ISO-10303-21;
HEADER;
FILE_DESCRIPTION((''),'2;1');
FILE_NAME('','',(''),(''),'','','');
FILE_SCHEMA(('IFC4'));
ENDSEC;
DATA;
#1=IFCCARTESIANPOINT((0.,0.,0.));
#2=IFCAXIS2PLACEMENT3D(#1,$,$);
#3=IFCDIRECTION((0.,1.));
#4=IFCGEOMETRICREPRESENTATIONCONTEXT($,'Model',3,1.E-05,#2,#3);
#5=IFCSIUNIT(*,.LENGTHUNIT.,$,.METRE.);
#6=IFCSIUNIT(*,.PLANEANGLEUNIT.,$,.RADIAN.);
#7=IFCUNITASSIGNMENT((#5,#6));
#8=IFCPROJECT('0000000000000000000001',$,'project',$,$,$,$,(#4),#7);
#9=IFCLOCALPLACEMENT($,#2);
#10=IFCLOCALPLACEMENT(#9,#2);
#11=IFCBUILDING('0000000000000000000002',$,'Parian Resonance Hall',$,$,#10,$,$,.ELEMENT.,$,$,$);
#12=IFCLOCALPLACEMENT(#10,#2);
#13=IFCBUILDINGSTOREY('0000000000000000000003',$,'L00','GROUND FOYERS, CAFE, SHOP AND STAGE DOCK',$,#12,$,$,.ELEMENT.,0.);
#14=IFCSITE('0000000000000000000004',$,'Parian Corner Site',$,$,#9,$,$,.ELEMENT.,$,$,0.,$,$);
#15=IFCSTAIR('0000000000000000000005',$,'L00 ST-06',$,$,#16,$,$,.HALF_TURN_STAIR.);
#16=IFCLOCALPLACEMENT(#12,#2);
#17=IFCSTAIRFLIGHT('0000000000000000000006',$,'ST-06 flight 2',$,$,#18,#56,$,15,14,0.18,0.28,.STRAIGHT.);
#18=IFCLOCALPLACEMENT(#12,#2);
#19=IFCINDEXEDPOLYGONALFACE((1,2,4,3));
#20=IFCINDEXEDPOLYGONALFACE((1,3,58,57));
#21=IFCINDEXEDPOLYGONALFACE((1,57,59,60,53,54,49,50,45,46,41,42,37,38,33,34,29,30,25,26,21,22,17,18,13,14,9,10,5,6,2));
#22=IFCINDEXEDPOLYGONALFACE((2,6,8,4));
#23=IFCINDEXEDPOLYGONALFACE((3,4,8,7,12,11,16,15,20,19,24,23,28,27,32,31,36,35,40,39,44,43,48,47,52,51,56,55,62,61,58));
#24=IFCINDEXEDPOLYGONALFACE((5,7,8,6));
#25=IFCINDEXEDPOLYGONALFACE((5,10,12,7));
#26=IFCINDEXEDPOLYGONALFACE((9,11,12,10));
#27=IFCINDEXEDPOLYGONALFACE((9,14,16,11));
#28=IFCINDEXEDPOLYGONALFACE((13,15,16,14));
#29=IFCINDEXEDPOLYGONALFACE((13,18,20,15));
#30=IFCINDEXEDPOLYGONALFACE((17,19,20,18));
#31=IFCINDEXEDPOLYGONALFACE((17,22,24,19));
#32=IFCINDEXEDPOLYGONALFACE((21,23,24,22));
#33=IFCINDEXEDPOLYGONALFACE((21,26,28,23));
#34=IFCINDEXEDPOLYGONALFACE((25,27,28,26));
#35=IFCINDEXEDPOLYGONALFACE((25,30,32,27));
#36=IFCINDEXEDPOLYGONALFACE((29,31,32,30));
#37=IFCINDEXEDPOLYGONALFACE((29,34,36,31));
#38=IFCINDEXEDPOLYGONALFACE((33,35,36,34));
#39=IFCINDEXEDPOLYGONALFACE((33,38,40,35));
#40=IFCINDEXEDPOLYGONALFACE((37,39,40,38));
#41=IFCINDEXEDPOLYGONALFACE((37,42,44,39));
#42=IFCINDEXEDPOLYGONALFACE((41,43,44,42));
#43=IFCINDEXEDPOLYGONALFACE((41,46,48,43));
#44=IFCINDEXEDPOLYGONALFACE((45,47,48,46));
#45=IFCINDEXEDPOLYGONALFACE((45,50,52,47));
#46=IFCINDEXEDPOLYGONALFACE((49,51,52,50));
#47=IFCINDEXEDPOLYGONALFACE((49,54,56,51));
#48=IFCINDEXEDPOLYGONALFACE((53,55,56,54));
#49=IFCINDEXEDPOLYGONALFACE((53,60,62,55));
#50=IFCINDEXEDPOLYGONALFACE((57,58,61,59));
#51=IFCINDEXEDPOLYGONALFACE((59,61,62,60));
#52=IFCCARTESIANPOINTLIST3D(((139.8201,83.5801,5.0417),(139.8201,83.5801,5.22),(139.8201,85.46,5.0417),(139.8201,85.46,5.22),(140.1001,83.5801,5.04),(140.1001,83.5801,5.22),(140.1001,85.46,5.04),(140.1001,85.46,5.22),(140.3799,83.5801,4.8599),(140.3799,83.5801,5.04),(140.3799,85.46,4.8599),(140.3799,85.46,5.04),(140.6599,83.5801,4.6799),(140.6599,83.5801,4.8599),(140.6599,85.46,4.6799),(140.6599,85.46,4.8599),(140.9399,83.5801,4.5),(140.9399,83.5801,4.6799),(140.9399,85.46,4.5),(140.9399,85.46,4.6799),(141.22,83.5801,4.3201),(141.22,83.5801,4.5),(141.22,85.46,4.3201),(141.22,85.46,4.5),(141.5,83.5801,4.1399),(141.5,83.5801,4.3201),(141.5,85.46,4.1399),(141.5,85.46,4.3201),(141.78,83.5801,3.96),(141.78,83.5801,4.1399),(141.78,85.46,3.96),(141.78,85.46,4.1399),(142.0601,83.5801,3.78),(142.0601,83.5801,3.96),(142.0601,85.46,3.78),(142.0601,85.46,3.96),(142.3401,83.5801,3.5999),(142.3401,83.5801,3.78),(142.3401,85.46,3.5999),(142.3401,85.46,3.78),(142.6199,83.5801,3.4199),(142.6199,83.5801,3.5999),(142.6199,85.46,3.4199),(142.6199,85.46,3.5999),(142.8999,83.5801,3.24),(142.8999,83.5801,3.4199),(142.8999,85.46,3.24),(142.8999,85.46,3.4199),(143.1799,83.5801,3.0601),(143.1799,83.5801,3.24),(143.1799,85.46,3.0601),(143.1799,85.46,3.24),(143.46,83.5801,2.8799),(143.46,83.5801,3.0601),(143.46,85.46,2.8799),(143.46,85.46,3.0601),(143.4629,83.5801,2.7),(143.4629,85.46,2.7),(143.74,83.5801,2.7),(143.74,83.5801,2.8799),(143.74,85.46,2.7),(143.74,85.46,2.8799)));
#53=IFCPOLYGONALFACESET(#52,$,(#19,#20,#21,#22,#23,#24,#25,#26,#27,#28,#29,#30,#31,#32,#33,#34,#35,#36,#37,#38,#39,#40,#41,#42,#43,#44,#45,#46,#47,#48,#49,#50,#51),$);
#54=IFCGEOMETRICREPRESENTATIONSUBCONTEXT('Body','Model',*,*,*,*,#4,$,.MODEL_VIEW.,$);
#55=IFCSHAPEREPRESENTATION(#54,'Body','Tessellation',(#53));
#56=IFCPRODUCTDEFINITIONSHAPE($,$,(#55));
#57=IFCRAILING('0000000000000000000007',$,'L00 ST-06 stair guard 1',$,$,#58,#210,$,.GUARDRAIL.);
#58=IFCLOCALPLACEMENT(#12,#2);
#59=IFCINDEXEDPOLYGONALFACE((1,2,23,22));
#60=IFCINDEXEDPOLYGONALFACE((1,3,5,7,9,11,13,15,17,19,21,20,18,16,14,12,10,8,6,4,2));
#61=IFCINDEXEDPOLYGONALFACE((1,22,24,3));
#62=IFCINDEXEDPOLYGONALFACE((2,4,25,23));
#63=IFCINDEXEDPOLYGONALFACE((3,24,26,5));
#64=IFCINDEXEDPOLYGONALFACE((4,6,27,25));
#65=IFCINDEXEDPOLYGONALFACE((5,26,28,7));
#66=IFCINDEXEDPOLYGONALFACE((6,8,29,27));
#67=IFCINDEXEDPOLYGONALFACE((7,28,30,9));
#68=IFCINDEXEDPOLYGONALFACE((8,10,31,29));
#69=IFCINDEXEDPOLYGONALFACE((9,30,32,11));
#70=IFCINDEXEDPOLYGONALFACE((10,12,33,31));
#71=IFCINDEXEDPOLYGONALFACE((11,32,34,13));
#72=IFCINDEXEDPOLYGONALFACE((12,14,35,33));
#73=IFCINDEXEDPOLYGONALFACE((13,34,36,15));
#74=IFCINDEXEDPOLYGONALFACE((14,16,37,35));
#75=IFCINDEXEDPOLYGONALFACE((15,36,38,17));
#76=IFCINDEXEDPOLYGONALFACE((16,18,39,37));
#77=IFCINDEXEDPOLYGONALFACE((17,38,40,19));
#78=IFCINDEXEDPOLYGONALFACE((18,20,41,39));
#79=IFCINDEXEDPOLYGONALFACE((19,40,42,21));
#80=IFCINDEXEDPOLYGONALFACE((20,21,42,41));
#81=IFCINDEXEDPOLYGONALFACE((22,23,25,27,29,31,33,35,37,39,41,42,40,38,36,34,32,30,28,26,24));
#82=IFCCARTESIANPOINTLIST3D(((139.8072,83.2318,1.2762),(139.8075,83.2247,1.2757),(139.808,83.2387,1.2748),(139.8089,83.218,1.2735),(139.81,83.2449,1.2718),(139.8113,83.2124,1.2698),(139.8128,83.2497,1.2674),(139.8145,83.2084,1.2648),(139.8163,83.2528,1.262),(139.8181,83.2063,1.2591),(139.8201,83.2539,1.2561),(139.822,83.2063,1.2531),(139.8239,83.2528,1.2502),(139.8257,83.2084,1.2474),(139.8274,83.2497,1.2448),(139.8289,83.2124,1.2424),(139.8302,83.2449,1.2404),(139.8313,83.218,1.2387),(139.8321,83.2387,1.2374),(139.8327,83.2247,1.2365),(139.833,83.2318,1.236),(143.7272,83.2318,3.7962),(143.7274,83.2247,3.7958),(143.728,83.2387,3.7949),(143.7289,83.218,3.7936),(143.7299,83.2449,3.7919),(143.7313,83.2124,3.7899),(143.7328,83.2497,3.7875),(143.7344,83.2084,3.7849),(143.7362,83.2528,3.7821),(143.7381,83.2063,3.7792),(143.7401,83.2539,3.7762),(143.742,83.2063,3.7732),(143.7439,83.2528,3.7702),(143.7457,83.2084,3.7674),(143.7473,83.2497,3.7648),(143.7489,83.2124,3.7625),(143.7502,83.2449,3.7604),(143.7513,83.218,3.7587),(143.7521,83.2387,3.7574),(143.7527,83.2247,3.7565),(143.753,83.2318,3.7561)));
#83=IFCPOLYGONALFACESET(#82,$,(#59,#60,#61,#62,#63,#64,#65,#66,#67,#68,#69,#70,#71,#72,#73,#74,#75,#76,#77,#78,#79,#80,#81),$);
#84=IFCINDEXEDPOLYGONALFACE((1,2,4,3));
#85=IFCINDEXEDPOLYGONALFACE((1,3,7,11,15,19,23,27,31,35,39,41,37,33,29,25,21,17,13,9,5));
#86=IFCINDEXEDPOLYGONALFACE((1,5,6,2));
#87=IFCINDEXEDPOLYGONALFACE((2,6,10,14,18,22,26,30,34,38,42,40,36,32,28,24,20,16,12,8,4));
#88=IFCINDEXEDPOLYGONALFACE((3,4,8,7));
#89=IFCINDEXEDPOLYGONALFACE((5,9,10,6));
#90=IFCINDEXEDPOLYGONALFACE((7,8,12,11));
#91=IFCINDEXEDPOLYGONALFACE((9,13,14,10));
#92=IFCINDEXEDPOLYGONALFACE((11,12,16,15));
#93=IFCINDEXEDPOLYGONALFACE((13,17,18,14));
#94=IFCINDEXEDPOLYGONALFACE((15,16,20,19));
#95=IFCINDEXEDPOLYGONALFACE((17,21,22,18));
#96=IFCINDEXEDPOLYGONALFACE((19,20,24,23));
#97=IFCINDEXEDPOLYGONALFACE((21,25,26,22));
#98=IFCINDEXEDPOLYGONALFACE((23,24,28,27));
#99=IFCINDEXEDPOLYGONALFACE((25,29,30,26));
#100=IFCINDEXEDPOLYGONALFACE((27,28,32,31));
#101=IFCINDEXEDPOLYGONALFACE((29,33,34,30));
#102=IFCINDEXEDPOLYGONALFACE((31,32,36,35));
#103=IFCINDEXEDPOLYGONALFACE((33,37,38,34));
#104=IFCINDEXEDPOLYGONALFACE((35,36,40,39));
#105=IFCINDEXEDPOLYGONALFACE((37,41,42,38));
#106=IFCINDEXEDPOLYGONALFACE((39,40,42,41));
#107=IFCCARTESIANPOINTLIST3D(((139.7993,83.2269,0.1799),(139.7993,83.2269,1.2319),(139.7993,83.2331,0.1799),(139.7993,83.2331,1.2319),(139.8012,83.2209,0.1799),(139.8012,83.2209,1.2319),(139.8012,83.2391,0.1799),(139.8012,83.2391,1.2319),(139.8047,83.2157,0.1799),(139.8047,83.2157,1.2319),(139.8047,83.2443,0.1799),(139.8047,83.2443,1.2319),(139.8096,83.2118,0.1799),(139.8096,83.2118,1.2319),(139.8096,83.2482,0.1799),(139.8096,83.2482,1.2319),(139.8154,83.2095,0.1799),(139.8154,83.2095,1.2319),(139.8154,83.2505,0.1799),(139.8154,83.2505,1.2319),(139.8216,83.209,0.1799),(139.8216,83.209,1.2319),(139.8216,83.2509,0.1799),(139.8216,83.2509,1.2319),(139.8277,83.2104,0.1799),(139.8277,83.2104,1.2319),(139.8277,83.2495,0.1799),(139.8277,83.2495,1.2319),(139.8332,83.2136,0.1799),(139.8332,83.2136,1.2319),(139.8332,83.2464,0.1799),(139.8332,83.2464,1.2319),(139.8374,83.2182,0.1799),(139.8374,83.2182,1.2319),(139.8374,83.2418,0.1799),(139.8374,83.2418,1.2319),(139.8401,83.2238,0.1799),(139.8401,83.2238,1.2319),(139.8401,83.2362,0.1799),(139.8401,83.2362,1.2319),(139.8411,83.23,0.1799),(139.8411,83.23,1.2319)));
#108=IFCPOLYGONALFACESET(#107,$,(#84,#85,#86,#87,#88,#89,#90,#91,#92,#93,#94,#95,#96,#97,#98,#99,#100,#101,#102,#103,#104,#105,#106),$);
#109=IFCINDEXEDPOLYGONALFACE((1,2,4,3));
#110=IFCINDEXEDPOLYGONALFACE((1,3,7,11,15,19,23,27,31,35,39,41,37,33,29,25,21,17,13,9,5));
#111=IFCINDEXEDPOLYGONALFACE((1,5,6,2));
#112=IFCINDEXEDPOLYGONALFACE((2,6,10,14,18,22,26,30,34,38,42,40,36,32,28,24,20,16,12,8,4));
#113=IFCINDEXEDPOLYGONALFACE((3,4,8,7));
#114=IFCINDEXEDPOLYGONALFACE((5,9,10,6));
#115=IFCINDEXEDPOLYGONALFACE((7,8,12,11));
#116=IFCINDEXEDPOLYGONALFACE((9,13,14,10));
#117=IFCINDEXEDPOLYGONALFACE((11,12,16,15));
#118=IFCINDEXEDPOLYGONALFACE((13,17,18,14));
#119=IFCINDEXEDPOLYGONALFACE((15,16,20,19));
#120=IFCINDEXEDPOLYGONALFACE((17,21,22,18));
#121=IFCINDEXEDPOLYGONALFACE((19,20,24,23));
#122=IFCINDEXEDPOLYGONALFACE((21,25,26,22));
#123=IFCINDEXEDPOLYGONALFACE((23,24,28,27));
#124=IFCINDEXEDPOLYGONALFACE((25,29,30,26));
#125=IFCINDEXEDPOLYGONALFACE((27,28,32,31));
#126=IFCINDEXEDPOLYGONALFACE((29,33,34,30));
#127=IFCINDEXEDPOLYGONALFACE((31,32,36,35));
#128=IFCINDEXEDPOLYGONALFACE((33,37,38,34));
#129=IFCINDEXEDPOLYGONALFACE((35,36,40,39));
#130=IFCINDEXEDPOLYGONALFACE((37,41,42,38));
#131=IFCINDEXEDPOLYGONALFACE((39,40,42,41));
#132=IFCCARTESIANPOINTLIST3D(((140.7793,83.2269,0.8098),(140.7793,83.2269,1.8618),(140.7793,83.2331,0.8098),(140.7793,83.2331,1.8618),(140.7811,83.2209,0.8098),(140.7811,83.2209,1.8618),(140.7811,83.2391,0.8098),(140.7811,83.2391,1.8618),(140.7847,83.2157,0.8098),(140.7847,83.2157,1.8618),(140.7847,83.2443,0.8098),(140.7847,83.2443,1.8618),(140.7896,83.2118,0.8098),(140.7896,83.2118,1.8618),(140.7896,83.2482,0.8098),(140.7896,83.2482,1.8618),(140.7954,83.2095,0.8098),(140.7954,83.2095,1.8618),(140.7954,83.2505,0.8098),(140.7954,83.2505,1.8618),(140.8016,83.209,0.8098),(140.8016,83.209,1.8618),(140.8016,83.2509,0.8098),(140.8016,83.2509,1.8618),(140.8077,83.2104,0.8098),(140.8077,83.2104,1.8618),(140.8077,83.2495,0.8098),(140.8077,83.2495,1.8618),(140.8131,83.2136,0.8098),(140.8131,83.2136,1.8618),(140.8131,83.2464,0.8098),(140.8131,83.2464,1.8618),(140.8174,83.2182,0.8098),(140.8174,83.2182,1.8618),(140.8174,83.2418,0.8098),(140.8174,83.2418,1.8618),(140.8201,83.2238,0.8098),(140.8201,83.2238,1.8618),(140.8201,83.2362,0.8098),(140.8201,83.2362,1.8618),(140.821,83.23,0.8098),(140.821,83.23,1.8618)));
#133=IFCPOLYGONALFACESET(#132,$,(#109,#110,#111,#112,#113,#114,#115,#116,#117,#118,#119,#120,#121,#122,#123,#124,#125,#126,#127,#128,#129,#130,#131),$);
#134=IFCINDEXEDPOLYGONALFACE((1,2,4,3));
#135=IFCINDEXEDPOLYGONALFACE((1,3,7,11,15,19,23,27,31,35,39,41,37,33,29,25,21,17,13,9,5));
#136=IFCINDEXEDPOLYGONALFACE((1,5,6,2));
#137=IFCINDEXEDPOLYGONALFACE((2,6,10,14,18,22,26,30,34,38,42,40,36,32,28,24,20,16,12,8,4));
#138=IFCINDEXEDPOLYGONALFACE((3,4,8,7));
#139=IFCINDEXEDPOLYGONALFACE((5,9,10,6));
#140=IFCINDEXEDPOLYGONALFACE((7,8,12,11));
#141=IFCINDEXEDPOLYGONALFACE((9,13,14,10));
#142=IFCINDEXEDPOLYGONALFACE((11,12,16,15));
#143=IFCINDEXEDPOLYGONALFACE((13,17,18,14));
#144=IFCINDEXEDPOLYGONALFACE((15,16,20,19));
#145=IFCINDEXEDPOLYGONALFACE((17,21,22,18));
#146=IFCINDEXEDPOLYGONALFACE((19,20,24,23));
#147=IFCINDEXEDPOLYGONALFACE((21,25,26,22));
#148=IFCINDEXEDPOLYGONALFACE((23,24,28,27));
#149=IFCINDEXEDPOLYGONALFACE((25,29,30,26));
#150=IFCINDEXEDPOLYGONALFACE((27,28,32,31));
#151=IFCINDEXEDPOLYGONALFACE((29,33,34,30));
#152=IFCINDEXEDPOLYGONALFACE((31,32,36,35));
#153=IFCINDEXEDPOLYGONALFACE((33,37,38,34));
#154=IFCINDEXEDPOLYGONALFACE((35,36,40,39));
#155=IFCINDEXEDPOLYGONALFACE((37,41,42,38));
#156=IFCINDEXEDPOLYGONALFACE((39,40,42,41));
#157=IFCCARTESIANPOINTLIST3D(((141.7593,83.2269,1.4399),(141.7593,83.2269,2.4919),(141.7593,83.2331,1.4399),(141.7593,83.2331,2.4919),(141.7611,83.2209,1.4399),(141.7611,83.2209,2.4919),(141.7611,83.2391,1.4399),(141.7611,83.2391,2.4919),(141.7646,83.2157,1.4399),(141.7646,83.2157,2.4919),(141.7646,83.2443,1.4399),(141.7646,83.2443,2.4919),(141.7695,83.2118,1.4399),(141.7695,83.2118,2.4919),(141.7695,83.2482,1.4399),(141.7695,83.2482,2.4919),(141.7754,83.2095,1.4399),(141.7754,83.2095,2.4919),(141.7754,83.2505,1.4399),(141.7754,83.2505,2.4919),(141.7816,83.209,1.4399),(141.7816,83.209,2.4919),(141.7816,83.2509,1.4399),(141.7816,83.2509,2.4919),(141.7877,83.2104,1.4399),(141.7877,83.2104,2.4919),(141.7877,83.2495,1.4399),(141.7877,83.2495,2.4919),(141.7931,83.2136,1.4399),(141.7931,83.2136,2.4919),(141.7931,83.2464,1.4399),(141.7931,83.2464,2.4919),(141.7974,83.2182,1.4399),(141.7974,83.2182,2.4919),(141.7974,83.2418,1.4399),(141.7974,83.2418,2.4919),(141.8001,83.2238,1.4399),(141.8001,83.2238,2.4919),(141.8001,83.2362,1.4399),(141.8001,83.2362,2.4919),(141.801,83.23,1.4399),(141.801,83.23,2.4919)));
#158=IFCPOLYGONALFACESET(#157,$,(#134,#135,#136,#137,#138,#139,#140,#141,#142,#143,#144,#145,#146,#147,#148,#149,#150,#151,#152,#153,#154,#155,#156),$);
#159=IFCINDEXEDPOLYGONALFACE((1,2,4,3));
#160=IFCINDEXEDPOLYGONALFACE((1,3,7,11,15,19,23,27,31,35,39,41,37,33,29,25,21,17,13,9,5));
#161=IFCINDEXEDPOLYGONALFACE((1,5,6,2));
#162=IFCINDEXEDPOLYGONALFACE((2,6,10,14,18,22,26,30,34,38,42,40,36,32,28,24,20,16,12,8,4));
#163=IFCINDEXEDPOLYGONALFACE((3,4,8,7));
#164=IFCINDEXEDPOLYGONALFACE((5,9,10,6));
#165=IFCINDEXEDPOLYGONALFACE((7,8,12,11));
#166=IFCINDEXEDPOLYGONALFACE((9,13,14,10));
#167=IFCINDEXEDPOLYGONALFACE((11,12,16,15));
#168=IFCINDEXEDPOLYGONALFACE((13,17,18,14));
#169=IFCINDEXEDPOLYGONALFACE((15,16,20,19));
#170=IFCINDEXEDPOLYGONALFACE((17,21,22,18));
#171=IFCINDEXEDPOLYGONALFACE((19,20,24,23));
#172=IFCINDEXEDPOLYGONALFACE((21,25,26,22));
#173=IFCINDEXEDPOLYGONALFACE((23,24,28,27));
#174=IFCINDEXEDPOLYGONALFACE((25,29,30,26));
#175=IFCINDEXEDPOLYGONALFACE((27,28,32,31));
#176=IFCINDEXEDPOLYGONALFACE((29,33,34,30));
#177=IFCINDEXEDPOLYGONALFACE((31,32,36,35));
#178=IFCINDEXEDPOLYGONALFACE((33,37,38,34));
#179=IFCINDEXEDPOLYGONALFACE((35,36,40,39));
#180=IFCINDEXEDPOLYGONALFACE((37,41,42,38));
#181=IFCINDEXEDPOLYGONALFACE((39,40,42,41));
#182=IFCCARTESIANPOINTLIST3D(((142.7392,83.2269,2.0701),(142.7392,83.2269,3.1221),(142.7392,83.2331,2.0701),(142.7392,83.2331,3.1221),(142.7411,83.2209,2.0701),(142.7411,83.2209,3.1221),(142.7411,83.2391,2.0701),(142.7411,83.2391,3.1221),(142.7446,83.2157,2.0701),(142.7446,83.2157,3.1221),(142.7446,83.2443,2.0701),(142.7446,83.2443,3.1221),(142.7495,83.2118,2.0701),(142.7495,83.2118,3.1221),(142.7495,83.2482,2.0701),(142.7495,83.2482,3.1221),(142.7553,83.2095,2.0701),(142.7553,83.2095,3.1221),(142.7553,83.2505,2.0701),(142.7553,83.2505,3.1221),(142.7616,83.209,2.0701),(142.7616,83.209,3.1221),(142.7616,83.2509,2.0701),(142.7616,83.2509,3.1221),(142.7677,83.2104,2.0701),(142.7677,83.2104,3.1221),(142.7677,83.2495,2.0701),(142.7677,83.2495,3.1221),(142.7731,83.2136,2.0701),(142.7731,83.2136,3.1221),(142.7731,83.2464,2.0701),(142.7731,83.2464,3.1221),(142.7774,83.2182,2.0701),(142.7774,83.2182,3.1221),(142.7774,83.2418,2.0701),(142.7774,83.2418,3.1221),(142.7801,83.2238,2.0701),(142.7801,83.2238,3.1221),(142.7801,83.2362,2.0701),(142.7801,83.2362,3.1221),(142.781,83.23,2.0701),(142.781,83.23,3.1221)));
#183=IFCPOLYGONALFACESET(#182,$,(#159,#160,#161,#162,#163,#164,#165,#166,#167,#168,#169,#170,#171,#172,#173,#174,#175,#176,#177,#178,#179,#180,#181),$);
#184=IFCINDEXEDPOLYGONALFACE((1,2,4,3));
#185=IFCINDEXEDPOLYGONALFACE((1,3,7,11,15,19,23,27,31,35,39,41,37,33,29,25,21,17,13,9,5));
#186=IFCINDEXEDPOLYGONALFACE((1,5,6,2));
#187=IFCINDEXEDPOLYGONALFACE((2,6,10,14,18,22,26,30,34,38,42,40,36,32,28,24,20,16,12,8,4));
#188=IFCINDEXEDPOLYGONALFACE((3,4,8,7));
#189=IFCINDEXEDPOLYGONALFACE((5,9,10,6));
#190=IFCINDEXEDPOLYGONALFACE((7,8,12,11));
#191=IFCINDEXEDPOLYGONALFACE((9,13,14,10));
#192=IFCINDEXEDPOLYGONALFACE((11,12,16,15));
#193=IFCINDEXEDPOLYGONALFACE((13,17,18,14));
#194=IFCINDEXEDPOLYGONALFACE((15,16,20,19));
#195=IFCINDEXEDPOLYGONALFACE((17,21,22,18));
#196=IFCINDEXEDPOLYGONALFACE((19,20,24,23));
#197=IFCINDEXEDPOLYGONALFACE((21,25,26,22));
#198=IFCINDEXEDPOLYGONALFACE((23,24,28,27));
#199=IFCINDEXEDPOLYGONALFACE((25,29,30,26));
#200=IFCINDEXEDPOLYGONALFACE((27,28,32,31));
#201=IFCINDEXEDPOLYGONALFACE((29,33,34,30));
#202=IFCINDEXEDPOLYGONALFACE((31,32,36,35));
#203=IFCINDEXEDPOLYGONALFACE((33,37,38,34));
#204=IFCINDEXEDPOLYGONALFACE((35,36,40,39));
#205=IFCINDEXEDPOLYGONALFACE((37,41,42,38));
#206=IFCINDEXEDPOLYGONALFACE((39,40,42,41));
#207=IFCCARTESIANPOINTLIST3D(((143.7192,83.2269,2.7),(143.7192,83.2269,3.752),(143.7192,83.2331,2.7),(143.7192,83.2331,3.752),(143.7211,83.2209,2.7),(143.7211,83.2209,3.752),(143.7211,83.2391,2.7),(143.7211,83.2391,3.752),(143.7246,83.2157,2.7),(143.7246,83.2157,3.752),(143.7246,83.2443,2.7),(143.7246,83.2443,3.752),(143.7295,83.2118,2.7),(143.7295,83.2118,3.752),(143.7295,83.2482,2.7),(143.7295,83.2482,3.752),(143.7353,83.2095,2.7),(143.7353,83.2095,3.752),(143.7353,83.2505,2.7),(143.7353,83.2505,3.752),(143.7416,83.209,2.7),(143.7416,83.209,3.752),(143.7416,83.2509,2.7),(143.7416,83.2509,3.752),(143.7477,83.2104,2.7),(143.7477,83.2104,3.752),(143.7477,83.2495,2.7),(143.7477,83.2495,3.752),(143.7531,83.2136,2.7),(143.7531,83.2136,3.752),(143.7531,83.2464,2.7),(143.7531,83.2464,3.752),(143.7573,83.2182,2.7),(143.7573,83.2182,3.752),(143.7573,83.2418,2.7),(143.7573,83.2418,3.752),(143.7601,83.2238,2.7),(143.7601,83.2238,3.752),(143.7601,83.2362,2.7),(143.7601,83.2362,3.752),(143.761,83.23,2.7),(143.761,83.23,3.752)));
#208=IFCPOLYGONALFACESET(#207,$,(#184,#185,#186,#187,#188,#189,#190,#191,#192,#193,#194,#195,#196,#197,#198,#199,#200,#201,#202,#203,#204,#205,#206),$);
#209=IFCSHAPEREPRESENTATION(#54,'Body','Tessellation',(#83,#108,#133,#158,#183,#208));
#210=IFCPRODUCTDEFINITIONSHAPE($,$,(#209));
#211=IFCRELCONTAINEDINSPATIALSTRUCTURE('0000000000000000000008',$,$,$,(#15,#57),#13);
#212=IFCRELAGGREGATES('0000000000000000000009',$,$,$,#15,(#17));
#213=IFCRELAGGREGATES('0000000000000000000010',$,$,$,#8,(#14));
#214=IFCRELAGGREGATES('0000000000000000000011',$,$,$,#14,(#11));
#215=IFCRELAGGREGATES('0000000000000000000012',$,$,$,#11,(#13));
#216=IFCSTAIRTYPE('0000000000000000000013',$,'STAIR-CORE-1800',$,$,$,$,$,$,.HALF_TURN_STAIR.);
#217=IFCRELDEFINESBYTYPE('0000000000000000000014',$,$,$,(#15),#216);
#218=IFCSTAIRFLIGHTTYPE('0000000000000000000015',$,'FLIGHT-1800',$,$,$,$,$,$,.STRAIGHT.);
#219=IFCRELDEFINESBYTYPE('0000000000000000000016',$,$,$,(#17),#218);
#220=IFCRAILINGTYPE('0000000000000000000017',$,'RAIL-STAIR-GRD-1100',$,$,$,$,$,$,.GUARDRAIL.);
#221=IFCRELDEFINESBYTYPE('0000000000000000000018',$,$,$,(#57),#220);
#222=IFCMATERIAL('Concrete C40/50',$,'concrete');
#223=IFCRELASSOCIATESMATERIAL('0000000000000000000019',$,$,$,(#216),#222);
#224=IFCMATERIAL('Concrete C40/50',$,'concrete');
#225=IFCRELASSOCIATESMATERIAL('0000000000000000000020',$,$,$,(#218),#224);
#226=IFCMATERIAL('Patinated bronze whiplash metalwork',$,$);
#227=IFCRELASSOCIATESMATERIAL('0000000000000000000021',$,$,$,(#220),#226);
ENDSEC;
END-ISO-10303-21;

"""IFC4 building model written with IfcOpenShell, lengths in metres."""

from ifc_helpers import new_model, si_unit, direction, frame, origin, origin_2d, place, context, subcontext, project, spatial, polyline, circle, outline, extrude, material, type_object, element, aggregate, save


model = new_model("IFC4")

# Units and contexts
model_context = context("Model", 3, precision=1e-05, world=origin(), true_north=direction((0.0, 1.0)))
body_context = subcontext(model_context, "Body", "Model", "MODEL_VIEW")
ifc_project = project(units=[si_unit("LENGTHUNIT", "METRE"), si_unit("PLANEANGLEUNIT", "RADIAN")], contexts=[model_context])

# Site, building, storey
site_placement = place(None, origin())
site = spatial("IfcSite", under=ifc_project, at=site_placement, Name="Parian Corner Site", CompositionType="ELEMENT", RefElevation=0.0)
building_placement = place(site_placement, origin())
building = spatial("IfcBuilding", under=site, at=building_placement, Name="Parian Resonance Hall", CompositionType="ELEMENT")
storey_placement = place(building_placement, origin())
storey = spatial("IfcBuildingStorey", under=building, at=storey_placement, Name="L00", Description="GROUND FOYERS, CAFE, SHOP AND STAGE DOCK", CompositionType="ELEMENT", Elevation=0.0)

# Stair, stair flight
ifc_material_1 = material(Name="Concrete C40/50", Category="concrete")
stair_type = type_object("IfcStairType", Name="STAIR-CORE-1800", PredefinedType="HALF_TURN_STAIR", material=ifc_material_1)
stair_placement = place(storey_placement, origin())
stair = element("IfcStair", 1, at=stair_placement, inside=storey, type_object=stair_type, Name="L00 ST-06", PredefinedType="HALF_TURN_STAIR")
ifc_material_2 = material(Name="Concrete C40/50", Category="concrete")
stair_flight_type = type_object("IfcStairFlightType", Name="FLIGHT-1800", PredefinedType="STRAIGHT", material=ifc_material_2)
stair_flight_1_placement = place(storey_placement, frame((143.74, 84.52, 2.7), z_axis=(0.0, 0.0, 1.0), x_axis=(-1.0, 0.0, 0.0)))
stair_flight_1 = element("IfcStairFlight", 2, at=stair_flight_1_placement, type_object=stair_flight_type, Name="ST-06 flight 2", NumberOfRisers=15, NumberOfTreads=14, PredefinedType="STRAIGHT", RiserHeight=0.18, TreadLength=0.28, context=body_context, shape_type="SweptSolid", body=[
    extrude(outline(polyline([(0.0, 0.0), (0.0, 0.1799), (0.28, 0.1799), (0.28, 0.3601), (0.5601, 0.3601), (0.5601, 0.54), (0.8401, 0.54), (0.8401, 0.72), (1.1201, 0.72), (1.1201, 0.8999), (1.3999, 0.8999), (1.3999, 1.0801), (1.6799, 1.0801), (1.6799, 1.26), (1.96, 1.26), (1.96, 1.4399), (2.24, 1.4399), (2.24, 1.6201), (2.52, 1.6201), (2.52, 1.8), (2.8, 1.8), (2.8, 1.98), (3.0801, 1.98), (3.0801, 2.1599), (3.3601, 2.1599), (3.3601, 2.3401), (3.6399, 2.3401), (3.6399, 2.52), (3.9199, 2.52), (3.9199, 2.7), (3.9199, 2.3418), (0.2771, 0.0), (0.0, 0.0)])), frame((0.0, 0.9399, 0.0), z_axis=(0.0, -1.0, 0.0), x_axis=(1.0, 0.0, 0.0)), (0.0, 0.0, 1.0), 1.8799),
])
aggregate(stair, [stair_flight_1])

# Railing
ifc_material_3 = material(Name="Patinated bronze whiplash metalwork")
railing_type_1 = type_object("IfcRailingType", Name="RAIL-STAIR-GRD-1100", PredefinedType="GUARDRAIL", material=ifc_material_3)
railing_1_placement = place(storey_placement, frame((139.8201, 83.23, 0.1799)))
element("IfcRailing", 3, at=railing_1_placement, inside=storey, type_object=railing_type_1, Name="L00 ST-06 stair guard 1", PredefinedType="GUARDRAIL", context=body_context, shape_type="SweptSolid", body=[
    extrude(circle(Radius=0.0239, at=origin_2d()), frame((0.0, 0.0, 1.0762), z_axis=(0.841172, 0.0, 0.540768), x_axis=(0.0, 1.0, 0.0)), (0.0, 0.0, 1.0), 4.6602),
    extrude(circle(Radius=0.021, at=origin_2d()), origin(), (0.0, 0.0, 1.0), 1.052),
    extrude(circle(Radius=0.021, at=origin_2d()), frame((0.98, 0.0, 0.6299)), (0.0, 0.0, 1.0), 1.052),
    extrude(circle(Radius=0.021, at=origin_2d()), frame((1.96, 0.0, 1.26)), (0.0, 0.0, 1.0), 1.052),
    extrude(circle(Radius=0.021, at=origin_2d()), frame((2.9399, 0.0, 1.8901)), (0.0, 0.0, 1.0), 1.052),
    extrude(circle(Radius=0.021, at=origin_2d()), frame((3.9199, 0.0, 2.52)), (0.0, 0.0, 1.0), 1.052),
])

save(model, "model.ifc")
